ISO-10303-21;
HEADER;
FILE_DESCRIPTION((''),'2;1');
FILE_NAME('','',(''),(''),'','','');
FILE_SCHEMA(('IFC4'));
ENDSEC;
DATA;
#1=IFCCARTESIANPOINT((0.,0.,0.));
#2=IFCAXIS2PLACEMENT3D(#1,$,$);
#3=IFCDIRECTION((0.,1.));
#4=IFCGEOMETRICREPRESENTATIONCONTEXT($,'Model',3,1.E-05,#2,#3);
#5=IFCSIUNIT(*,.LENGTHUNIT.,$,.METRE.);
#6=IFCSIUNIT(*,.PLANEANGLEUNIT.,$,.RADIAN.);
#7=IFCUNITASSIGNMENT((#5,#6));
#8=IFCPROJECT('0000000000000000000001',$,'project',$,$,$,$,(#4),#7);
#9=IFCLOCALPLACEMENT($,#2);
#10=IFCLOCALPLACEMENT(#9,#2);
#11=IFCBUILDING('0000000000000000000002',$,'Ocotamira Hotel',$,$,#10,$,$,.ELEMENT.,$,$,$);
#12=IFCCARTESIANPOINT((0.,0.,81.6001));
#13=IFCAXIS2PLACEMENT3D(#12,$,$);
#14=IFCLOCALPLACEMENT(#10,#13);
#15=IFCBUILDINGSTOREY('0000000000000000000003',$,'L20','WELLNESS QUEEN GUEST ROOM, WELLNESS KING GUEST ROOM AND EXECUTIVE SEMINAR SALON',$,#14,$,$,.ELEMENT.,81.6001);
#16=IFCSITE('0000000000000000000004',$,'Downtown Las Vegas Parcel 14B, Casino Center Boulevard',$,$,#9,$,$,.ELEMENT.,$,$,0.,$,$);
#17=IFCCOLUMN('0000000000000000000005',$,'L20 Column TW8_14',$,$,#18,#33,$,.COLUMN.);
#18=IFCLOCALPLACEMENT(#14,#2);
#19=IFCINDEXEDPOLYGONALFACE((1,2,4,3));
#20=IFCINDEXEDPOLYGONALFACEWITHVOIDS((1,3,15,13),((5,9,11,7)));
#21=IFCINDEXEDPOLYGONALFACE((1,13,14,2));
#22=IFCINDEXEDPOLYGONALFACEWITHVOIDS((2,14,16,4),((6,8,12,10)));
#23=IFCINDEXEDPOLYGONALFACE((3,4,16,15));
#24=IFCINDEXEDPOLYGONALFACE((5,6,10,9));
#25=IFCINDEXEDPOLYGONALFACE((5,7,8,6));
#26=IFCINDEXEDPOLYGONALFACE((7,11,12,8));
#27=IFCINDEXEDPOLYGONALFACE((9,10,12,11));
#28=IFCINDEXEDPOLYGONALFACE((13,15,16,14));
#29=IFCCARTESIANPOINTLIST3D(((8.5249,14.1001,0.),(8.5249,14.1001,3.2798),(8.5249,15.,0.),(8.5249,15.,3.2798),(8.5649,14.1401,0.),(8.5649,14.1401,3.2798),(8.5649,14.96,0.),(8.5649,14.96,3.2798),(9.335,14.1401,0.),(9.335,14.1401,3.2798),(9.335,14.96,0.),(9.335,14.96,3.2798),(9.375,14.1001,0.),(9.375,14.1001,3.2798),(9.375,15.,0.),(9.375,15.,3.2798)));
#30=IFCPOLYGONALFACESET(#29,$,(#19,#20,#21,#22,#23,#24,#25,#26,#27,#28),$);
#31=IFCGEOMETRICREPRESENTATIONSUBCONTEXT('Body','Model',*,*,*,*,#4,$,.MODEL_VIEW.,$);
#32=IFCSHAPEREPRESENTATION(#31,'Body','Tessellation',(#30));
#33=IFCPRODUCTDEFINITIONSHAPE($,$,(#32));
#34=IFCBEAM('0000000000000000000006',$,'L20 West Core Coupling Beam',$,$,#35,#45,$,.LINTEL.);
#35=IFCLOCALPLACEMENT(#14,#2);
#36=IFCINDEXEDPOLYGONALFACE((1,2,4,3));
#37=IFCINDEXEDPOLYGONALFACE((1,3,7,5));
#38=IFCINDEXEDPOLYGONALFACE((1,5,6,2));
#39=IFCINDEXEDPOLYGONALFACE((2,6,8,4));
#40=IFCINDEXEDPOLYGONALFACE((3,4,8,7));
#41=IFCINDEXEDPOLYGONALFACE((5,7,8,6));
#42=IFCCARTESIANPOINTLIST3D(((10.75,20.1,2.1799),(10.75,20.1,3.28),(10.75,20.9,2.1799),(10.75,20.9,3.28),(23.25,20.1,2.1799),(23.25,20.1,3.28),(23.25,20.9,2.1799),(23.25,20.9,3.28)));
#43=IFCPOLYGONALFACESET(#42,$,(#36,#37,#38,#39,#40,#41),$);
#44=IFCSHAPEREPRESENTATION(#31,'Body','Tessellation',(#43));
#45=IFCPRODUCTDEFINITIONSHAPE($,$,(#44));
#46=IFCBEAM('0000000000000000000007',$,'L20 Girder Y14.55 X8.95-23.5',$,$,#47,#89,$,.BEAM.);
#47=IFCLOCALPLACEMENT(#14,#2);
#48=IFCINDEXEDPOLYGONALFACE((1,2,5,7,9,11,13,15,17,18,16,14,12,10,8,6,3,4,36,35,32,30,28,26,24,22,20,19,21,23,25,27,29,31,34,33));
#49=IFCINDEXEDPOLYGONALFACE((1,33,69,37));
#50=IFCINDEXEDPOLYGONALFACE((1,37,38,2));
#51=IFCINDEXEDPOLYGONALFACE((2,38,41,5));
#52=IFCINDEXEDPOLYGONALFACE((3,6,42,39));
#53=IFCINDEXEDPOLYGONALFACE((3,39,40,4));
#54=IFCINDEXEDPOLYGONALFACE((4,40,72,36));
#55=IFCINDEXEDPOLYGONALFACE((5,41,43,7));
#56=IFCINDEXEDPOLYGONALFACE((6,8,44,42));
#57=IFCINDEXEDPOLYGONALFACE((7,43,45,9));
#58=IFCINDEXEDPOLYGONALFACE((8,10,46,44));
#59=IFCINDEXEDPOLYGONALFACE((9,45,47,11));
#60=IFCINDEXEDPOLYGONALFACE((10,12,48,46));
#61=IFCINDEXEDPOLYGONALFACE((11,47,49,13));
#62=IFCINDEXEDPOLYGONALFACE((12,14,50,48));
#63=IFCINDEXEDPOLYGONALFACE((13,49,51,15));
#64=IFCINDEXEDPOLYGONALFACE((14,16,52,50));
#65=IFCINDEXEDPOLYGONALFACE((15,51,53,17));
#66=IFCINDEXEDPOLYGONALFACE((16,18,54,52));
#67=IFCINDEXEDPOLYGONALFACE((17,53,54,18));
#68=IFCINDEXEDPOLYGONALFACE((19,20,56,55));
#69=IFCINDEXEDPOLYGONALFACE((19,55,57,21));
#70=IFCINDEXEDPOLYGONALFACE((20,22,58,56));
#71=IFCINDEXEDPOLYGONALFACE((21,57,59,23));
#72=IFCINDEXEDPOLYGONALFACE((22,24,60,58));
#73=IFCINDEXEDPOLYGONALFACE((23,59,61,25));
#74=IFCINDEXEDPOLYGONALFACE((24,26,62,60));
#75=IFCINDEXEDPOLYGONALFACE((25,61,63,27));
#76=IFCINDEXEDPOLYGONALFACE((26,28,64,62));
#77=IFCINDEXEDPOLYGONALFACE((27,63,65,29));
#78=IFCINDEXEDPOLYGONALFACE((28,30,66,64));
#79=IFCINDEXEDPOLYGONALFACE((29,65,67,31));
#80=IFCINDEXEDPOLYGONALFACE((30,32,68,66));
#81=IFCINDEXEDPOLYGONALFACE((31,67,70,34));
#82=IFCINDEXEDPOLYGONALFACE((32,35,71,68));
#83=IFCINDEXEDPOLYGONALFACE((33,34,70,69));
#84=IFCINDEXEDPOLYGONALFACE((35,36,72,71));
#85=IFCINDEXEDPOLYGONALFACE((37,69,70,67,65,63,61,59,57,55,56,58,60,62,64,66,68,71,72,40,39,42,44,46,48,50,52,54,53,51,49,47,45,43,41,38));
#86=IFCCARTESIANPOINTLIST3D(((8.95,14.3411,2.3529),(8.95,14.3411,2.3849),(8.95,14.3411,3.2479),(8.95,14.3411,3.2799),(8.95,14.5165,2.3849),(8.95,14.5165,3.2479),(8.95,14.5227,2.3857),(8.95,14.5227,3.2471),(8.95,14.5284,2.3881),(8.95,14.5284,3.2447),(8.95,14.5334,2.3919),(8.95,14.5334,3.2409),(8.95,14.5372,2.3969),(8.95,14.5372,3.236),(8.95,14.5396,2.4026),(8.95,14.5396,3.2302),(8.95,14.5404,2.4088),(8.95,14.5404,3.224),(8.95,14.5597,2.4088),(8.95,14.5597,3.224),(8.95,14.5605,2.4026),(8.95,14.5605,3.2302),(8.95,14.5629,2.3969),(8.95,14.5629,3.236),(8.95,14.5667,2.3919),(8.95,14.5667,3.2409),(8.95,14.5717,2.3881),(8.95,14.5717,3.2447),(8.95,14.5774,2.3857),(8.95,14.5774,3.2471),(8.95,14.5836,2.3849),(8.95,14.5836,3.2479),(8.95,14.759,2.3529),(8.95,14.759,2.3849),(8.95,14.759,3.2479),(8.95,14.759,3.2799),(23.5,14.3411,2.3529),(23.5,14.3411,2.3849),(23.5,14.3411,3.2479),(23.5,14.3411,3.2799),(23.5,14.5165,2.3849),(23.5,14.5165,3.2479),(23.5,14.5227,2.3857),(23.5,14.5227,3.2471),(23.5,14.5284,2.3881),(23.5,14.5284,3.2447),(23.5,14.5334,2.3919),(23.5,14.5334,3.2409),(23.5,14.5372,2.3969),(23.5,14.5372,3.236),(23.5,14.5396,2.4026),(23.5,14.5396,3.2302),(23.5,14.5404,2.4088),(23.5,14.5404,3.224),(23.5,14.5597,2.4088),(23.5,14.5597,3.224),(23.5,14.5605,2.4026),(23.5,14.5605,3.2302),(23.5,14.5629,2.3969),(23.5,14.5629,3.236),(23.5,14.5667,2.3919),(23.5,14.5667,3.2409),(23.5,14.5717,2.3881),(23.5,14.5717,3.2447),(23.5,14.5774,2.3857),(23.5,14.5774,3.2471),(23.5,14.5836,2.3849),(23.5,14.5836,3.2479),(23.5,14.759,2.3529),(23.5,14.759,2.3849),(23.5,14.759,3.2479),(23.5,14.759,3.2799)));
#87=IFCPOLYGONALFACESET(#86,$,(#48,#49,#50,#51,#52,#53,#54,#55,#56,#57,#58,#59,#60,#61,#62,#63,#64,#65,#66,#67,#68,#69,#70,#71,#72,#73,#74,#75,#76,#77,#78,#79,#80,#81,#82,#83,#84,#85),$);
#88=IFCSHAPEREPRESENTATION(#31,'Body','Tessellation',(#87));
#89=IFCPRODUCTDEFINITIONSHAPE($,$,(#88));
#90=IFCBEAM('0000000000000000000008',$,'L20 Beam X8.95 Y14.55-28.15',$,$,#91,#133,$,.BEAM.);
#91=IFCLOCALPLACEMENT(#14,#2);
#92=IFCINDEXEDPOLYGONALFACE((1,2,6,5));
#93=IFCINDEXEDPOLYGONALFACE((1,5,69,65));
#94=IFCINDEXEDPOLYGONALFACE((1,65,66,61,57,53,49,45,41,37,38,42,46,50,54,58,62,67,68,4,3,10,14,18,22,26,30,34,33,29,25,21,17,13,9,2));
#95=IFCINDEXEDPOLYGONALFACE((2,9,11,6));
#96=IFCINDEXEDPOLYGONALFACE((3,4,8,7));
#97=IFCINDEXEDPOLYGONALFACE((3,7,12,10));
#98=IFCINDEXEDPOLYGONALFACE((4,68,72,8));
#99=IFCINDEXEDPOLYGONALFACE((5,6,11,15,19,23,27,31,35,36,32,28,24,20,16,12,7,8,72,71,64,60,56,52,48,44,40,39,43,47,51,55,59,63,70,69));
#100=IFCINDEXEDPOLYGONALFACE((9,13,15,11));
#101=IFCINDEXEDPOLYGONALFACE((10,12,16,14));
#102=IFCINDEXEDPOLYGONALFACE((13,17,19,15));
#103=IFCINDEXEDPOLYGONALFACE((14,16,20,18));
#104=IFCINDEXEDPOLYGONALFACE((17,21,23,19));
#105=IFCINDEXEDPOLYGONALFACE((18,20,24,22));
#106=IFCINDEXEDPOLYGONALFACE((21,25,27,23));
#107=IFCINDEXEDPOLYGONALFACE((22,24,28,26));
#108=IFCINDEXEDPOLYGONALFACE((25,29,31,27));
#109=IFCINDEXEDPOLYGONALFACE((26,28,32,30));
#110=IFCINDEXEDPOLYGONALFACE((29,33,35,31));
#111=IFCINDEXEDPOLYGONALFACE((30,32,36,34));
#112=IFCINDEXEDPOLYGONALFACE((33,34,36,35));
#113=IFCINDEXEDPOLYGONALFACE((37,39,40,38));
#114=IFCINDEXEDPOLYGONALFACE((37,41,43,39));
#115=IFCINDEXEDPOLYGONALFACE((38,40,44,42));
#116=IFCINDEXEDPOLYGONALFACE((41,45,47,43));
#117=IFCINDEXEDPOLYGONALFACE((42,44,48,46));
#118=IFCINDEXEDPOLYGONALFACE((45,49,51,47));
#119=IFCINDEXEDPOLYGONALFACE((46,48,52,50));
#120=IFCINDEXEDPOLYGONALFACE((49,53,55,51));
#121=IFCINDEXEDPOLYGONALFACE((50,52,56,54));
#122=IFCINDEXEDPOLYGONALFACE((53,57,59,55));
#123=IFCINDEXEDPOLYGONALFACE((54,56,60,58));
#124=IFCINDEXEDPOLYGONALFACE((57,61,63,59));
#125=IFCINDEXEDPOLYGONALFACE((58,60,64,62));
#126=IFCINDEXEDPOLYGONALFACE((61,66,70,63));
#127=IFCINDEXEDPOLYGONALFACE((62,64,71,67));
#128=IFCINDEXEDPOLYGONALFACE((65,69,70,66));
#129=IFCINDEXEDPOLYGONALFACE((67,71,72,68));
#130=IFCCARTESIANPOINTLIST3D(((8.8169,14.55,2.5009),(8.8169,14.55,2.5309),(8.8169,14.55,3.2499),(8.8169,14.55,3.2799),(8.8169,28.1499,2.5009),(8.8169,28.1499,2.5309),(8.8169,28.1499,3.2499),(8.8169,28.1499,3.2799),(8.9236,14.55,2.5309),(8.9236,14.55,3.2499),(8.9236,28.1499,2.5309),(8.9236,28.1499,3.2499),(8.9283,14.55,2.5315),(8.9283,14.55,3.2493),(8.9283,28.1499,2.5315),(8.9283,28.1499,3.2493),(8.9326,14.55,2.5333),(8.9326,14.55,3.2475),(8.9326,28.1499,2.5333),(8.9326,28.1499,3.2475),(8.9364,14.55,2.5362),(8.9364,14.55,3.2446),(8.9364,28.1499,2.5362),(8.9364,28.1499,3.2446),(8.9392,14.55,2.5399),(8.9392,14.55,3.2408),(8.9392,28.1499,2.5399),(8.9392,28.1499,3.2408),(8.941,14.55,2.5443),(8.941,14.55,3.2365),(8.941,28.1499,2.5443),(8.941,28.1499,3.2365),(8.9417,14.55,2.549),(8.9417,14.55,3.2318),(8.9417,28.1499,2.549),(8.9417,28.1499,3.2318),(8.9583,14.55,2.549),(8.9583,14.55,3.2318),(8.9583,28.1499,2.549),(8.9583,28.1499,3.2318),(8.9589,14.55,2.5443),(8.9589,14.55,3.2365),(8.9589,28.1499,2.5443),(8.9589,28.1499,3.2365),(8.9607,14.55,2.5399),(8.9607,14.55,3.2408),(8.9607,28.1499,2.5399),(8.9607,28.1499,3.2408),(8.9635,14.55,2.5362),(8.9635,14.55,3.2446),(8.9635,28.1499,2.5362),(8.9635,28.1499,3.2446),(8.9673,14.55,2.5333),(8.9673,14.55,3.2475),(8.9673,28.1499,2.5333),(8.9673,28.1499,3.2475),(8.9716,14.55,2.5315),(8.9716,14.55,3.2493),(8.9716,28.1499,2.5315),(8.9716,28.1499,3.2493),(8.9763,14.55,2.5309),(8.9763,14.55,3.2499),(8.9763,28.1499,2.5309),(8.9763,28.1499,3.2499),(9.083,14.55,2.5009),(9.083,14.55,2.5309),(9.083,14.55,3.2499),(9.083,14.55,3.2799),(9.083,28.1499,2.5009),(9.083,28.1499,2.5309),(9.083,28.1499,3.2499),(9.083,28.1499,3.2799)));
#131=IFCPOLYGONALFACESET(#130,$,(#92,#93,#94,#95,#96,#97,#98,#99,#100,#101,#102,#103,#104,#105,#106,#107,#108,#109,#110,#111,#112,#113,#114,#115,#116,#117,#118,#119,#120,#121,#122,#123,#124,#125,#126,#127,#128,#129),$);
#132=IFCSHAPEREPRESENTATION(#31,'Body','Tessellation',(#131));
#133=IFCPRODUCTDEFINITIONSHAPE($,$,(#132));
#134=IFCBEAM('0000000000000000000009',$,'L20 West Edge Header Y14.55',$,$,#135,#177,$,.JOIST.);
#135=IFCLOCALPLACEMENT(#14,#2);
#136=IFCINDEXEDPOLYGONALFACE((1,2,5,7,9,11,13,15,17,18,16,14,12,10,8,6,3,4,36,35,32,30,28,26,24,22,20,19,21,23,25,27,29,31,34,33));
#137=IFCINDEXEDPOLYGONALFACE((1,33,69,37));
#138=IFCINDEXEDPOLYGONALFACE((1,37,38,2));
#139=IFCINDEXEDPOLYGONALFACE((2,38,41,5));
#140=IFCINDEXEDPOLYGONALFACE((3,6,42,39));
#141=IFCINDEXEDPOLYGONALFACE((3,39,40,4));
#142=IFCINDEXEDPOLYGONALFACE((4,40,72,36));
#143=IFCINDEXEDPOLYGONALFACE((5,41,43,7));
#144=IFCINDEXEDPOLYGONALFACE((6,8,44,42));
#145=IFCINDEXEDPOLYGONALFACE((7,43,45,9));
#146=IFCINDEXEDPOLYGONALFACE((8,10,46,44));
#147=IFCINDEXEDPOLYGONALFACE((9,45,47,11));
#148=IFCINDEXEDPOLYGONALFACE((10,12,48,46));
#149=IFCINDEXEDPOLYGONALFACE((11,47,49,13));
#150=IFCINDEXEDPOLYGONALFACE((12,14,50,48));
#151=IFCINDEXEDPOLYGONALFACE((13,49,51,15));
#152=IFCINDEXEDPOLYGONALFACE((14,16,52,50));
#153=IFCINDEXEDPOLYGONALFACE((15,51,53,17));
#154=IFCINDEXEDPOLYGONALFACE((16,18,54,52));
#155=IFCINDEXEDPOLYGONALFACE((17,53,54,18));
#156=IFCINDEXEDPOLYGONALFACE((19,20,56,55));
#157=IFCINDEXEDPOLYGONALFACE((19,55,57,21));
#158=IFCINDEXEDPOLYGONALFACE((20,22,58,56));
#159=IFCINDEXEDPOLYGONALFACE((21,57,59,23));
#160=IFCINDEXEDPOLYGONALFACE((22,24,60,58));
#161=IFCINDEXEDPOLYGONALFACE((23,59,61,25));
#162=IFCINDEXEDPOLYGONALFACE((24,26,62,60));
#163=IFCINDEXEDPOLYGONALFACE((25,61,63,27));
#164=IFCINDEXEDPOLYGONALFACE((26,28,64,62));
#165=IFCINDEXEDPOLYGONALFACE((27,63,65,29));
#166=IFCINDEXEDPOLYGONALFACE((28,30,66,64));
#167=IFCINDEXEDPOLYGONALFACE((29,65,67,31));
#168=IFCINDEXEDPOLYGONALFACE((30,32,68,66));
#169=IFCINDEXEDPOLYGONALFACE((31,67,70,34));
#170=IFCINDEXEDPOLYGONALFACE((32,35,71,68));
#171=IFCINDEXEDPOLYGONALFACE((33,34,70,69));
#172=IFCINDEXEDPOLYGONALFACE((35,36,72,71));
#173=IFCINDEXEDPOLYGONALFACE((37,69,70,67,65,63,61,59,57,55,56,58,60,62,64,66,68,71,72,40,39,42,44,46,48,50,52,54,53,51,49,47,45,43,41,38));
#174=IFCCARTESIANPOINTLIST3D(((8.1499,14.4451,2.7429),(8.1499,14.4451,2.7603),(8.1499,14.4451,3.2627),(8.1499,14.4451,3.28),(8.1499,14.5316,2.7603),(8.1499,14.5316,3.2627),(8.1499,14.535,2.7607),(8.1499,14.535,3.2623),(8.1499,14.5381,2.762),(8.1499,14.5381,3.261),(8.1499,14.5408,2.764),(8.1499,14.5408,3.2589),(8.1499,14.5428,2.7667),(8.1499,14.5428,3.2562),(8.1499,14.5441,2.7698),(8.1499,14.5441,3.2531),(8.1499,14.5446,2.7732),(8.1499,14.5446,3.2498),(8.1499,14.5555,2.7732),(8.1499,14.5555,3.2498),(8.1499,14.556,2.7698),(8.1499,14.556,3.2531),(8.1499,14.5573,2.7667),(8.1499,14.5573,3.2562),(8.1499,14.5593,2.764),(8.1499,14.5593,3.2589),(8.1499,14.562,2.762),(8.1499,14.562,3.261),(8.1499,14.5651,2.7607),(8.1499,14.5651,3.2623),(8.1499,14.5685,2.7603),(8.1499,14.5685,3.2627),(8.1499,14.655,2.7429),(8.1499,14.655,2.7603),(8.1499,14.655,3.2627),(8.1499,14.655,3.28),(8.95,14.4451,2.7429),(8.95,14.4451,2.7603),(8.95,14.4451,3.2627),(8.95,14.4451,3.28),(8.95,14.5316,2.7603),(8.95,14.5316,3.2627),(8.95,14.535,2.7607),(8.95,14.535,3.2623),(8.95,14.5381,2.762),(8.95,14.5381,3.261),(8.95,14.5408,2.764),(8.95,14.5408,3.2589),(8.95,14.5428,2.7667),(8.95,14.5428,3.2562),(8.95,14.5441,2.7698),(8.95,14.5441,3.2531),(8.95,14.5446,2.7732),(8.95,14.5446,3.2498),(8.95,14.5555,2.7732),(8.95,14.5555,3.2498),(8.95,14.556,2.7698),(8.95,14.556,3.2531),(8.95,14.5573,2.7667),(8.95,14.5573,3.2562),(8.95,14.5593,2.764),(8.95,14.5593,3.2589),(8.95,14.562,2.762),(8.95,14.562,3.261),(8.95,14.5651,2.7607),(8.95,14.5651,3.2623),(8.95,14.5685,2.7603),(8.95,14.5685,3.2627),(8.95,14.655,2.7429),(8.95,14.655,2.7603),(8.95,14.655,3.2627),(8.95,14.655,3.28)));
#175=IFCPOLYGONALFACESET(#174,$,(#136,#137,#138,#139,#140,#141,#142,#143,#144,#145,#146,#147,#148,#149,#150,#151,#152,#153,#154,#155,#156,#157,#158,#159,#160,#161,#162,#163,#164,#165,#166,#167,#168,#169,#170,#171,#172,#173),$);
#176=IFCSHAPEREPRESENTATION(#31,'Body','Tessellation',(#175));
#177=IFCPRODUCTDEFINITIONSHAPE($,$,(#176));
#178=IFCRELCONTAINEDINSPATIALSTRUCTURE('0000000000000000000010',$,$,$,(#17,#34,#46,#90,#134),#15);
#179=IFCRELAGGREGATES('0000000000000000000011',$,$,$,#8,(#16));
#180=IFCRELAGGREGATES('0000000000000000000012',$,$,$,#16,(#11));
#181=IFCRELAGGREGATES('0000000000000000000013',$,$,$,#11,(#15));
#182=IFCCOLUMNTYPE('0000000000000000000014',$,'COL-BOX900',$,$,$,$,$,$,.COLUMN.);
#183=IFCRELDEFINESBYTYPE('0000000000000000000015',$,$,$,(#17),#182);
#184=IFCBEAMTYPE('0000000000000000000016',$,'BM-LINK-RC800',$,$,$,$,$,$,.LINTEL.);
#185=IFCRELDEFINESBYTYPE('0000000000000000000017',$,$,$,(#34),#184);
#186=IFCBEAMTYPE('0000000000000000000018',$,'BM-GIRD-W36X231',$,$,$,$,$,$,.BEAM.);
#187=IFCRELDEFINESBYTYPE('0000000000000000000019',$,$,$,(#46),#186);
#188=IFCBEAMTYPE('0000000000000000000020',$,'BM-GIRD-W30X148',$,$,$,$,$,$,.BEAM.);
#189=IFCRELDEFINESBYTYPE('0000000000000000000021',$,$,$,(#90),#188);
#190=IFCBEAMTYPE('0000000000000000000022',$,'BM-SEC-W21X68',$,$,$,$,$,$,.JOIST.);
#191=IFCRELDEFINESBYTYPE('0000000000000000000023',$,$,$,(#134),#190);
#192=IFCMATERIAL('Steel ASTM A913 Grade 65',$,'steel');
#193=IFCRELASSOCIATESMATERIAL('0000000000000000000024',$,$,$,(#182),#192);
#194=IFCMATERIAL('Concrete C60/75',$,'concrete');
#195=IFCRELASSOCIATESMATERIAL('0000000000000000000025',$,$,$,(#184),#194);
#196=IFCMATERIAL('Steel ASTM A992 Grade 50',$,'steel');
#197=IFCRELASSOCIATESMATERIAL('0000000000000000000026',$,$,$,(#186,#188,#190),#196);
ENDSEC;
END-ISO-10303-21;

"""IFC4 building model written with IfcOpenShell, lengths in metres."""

from ifc_helpers import new_model, si_unit, direction, frame, origin, origin_2d, place, context, subcontext, project, spatial, rectangle, hollow_rectangle, i_section, extrude, source, transform, mapped, material, material_profile, profile_set, type_object, element, save


model = new_model("IFC4")

# Units and contexts
model_context = context("Model", 3, precision=1e-05, world=origin(), true_north=direction((0.0, 1.0)))
body_context = subcontext(model_context, "Body", "Model", "MODEL_VIEW")
ifc_project = project(units=[si_unit("LENGTHUNIT", "METRE"), si_unit("PLANEANGLEUNIT", "RADIAN")], contexts=[model_context])

# Site, building, storey
site_placement = place(None, origin())
site = spatial("IfcSite", under=ifc_project, at=site_placement, Name="Downtown Las Vegas Parcel 14B, Casino Center Boulevard", CompositionType="ELEMENT", RefElevation=0.0)
building_placement = place(site_placement, origin())
building = spatial("IfcBuilding", under=site, at=building_placement, Name="Ocotamira Hotel", CompositionType="ELEMENT")
storey_placement = place(building_placement, frame((0.0, 0.0, 81.6001)))
storey = spatial("IfcBuildingStorey", under=building, at=storey_placement, Name="L20", Description="WELLNESS QUEEN GUEST ROOM, WELLNESS KING GUEST ROOM AND EXECUTIVE SEMINAR SALON", CompositionType="ELEMENT", Elevation=81.6001)

# Column
ifc_material_1 = material(Name="Steel ASTM A913 Grade 65", Category="steel")
ifc_material_profile_1 = material_profile(ifc_material_1, hollow_rectangle(XDim=0.8501, YDim=0.8999, WallThickness=0.04, at=origin_2d()), Name="BOX900X850X40")
ifc_profile_set_1 = profile_set([ifc_material_profile_1], Name="Steel ASTM A913 Grade 65")
column_type = type_object("IfcColumnType", Name="COL-BOX900", PredefinedType="COLUMN", material=ifc_profile_set_1)
shared_shape_1 = source(origin(), body_context, "Body", "SweptSolid", [
    extrude(hollow_rectangle(XDim=0.8501, YDim=0.8999, WallThickness=0.04, at=origin_2d()), origin(), (0.0, 0.0, 1.0), 3.2798),
])
column_placement = place(storey_placement, frame((8.95, 14.55, 0.0), z_axis=(0.0, 0.0, 1.0), x_axis=(1.0, 0.0, 0.0)))
element("IfcColumn", 1, at=column_placement, inside=storey, type_object=column_type, Name="L20 Column TW8_14", PredefinedType="COLUMN", context=body_context, shape_type="MappedRepresentation", body=[
    mapped(shared_shape_1, transform((0.0, 0.0, 0.0), scale=1.0)),
])

# Beams
ifc_material_2 = material(Name="Concrete C60/75", Category="concrete")
ifc_material_profile_2 = material_profile(ifc_material_2, rectangle(XDim=0.8, YDim=1.1001, at=origin_2d()), Name="RC800X1100")
ifc_profile_set_2 = profile_set([ifc_material_profile_2], Name="Concrete C60/75")
beam_type_1 = type_object("IfcBeamType", Name="BM-LINK-RC800", PredefinedType="LINTEL", material=ifc_profile_set_2)
shared_shape_2 = source(origin(), body_context, "Body", "SweptSolid", [
    extrude(rectangle(XDim=0.8, YDim=1.1001, at=origin_2d()), origin(), (0.0, 0.0, 1.0), 12.5),
])
beam_1_placement = place(storey_placement, frame((10.75, 20.5, 2.73), z_axis=(1.0, 0.0, 0.0), x_axis=(0.0, 1.0, 0.0)))
element("IfcBeam", 2, at=beam_1_placement, inside=storey, type_object=beam_type_1, Name="L20 West Core Coupling Beam", PredefinedType="LINTEL", context=body_context, shape_type="MappedRepresentation", body=[
    mapped(shared_shape_2, transform((0.0, 0.0, 0.0), scale=1.0)),
])
ifc_material_3 = material(Name="Steel ASTM A992 Grade 50", Category="steel")
ifc_material_profile_3 = material_profile(ifc_material_3, i_section(OverallWidth=0.418, OverallDepth=0.927, WebThickness=0.0193, FlangeThickness=0.032, FilletRadius=0.0239, at=origin_2d()), Name="W36X231")
ifc_profile_set_3 = profile_set([ifc_material_profile_3], Name="Steel ASTM A992 Grade 50")
beam_type_2 = type_object("IfcBeamType", Name="BM-GIRD-W36X231", PredefinedType="BEAM", material=ifc_profile_set_3)
shared_shape_3 = source(origin(), body_context, "Body", "SweptSolid", [
    extrude(i_section(OverallWidth=0.418, OverallDepth=0.927, WebThickness=0.0193, FlangeThickness=0.032, FilletRadius=0.0239, at=origin_2d()), origin(), (0.0, 0.0, 1.0), 14.55),
])
beam_2_placement = place(storey_placement, frame((8.95, 14.55, 2.8164), z_axis=(1.0, 0.0, 0.0), x_axis=(0.0, 1.0, 0.0)))
element("IfcBeam", 3, at=beam_2_placement, inside=storey, type_object=beam_type_2, Name="L20 Girder Y14.55 X8.95-23.5", PredefinedType="BEAM", context=body_context, shape_type="MappedRepresentation", body=[
    mapped(shared_shape_3, transform((0.0, 0.0, 0.0), scale=1.0)),
])
ifc_material_profile_4 = material_profile(ifc_material_3, i_section(OverallWidth=0.2661, OverallDepth=0.7791, WebThickness=0.0166, FlangeThickness=0.03, FilletRadius=0.0181, at=origin_2d()), Name="W30X148")
ifc_profile_set_4 = profile_set([ifc_material_profile_4], Name="Steel ASTM A992 Grade 50")
beam_type_3 = type_object("IfcBeamType", Name="BM-GIRD-W30X148", PredefinedType="BEAM", material=ifc_profile_set_4)
shared_shape_4 = source(origin(), body_context, "Body", "SweptSolid", [
    extrude(i_section(OverallWidth=0.2661, OverallDepth=0.7791, WebThickness=0.0166, FlangeThickness=0.03, FilletRadius=0.0181, at=origin_2d()), origin(), (0.0, 0.0, 1.0), 13.5999),
])
beam_3_placement = place(storey_placement, frame((8.95, 14.55, 2.8904), z_axis=(0.0, 1.0, 0.0), x_axis=(-1.0, 0.0, 0.0)))
element("IfcBeam", 4, at=beam_3_placement, inside=storey, type_object=beam_type_3, Name="L20 Beam X8.95 Y14.55-28.15", PredefinedType="BEAM", context=body_context, shape_type="MappedRepresentation", body=[
    mapped(shared_shape_4, transform((0.0, 0.0, 0.0), scale=1.0)),
])
ifc_material_profile_5 = material_profile(ifc_material_3, i_section(OverallWidth=0.21, OverallDepth=0.5371, WebThickness=0.011, FlangeThickness=0.0173, FilletRadius=0.0129, at=origin_2d()), Name="W21X68")
ifc_profile_set_5 = profile_set([ifc_material_profile_5], Name="Steel ASTM A992 Grade 50")
beam_type_4 = type_object("IfcBeamType", Name="BM-SEC-W21X68", PredefinedType="JOIST", material=ifc_profile_set_5)
shared_shape_5 = source(origin(), body_context, "Body", "SweptSolid", [
    extrude(i_section(OverallWidth=0.21, OverallDepth=0.5371, WebThickness=0.011, FlangeThickness=0.0173, FilletRadius=0.0129, at=origin_2d()), origin(), (0.0, 0.0, 1.0), 0.8),
])
beam_4_placement = place(storey_placement, frame((8.95, 14.55, 3.0115), z_axis=(-1.0, 0.0, 0.0), x_axis=(0.0, -1.0, 0.0)))
element("IfcBeam", 5, at=beam_4_placement, inside=storey, type_object=beam_type_4, Name="L20 West Edge Header Y14.55", PredefinedType="JOIST", context=body_context, shape_type="MappedRepresentation", body=[
    mapped(shared_shape_5, transform((0.0, 0.0, 0.0), scale=1.0)),
])

save(model, "model.ifc")
